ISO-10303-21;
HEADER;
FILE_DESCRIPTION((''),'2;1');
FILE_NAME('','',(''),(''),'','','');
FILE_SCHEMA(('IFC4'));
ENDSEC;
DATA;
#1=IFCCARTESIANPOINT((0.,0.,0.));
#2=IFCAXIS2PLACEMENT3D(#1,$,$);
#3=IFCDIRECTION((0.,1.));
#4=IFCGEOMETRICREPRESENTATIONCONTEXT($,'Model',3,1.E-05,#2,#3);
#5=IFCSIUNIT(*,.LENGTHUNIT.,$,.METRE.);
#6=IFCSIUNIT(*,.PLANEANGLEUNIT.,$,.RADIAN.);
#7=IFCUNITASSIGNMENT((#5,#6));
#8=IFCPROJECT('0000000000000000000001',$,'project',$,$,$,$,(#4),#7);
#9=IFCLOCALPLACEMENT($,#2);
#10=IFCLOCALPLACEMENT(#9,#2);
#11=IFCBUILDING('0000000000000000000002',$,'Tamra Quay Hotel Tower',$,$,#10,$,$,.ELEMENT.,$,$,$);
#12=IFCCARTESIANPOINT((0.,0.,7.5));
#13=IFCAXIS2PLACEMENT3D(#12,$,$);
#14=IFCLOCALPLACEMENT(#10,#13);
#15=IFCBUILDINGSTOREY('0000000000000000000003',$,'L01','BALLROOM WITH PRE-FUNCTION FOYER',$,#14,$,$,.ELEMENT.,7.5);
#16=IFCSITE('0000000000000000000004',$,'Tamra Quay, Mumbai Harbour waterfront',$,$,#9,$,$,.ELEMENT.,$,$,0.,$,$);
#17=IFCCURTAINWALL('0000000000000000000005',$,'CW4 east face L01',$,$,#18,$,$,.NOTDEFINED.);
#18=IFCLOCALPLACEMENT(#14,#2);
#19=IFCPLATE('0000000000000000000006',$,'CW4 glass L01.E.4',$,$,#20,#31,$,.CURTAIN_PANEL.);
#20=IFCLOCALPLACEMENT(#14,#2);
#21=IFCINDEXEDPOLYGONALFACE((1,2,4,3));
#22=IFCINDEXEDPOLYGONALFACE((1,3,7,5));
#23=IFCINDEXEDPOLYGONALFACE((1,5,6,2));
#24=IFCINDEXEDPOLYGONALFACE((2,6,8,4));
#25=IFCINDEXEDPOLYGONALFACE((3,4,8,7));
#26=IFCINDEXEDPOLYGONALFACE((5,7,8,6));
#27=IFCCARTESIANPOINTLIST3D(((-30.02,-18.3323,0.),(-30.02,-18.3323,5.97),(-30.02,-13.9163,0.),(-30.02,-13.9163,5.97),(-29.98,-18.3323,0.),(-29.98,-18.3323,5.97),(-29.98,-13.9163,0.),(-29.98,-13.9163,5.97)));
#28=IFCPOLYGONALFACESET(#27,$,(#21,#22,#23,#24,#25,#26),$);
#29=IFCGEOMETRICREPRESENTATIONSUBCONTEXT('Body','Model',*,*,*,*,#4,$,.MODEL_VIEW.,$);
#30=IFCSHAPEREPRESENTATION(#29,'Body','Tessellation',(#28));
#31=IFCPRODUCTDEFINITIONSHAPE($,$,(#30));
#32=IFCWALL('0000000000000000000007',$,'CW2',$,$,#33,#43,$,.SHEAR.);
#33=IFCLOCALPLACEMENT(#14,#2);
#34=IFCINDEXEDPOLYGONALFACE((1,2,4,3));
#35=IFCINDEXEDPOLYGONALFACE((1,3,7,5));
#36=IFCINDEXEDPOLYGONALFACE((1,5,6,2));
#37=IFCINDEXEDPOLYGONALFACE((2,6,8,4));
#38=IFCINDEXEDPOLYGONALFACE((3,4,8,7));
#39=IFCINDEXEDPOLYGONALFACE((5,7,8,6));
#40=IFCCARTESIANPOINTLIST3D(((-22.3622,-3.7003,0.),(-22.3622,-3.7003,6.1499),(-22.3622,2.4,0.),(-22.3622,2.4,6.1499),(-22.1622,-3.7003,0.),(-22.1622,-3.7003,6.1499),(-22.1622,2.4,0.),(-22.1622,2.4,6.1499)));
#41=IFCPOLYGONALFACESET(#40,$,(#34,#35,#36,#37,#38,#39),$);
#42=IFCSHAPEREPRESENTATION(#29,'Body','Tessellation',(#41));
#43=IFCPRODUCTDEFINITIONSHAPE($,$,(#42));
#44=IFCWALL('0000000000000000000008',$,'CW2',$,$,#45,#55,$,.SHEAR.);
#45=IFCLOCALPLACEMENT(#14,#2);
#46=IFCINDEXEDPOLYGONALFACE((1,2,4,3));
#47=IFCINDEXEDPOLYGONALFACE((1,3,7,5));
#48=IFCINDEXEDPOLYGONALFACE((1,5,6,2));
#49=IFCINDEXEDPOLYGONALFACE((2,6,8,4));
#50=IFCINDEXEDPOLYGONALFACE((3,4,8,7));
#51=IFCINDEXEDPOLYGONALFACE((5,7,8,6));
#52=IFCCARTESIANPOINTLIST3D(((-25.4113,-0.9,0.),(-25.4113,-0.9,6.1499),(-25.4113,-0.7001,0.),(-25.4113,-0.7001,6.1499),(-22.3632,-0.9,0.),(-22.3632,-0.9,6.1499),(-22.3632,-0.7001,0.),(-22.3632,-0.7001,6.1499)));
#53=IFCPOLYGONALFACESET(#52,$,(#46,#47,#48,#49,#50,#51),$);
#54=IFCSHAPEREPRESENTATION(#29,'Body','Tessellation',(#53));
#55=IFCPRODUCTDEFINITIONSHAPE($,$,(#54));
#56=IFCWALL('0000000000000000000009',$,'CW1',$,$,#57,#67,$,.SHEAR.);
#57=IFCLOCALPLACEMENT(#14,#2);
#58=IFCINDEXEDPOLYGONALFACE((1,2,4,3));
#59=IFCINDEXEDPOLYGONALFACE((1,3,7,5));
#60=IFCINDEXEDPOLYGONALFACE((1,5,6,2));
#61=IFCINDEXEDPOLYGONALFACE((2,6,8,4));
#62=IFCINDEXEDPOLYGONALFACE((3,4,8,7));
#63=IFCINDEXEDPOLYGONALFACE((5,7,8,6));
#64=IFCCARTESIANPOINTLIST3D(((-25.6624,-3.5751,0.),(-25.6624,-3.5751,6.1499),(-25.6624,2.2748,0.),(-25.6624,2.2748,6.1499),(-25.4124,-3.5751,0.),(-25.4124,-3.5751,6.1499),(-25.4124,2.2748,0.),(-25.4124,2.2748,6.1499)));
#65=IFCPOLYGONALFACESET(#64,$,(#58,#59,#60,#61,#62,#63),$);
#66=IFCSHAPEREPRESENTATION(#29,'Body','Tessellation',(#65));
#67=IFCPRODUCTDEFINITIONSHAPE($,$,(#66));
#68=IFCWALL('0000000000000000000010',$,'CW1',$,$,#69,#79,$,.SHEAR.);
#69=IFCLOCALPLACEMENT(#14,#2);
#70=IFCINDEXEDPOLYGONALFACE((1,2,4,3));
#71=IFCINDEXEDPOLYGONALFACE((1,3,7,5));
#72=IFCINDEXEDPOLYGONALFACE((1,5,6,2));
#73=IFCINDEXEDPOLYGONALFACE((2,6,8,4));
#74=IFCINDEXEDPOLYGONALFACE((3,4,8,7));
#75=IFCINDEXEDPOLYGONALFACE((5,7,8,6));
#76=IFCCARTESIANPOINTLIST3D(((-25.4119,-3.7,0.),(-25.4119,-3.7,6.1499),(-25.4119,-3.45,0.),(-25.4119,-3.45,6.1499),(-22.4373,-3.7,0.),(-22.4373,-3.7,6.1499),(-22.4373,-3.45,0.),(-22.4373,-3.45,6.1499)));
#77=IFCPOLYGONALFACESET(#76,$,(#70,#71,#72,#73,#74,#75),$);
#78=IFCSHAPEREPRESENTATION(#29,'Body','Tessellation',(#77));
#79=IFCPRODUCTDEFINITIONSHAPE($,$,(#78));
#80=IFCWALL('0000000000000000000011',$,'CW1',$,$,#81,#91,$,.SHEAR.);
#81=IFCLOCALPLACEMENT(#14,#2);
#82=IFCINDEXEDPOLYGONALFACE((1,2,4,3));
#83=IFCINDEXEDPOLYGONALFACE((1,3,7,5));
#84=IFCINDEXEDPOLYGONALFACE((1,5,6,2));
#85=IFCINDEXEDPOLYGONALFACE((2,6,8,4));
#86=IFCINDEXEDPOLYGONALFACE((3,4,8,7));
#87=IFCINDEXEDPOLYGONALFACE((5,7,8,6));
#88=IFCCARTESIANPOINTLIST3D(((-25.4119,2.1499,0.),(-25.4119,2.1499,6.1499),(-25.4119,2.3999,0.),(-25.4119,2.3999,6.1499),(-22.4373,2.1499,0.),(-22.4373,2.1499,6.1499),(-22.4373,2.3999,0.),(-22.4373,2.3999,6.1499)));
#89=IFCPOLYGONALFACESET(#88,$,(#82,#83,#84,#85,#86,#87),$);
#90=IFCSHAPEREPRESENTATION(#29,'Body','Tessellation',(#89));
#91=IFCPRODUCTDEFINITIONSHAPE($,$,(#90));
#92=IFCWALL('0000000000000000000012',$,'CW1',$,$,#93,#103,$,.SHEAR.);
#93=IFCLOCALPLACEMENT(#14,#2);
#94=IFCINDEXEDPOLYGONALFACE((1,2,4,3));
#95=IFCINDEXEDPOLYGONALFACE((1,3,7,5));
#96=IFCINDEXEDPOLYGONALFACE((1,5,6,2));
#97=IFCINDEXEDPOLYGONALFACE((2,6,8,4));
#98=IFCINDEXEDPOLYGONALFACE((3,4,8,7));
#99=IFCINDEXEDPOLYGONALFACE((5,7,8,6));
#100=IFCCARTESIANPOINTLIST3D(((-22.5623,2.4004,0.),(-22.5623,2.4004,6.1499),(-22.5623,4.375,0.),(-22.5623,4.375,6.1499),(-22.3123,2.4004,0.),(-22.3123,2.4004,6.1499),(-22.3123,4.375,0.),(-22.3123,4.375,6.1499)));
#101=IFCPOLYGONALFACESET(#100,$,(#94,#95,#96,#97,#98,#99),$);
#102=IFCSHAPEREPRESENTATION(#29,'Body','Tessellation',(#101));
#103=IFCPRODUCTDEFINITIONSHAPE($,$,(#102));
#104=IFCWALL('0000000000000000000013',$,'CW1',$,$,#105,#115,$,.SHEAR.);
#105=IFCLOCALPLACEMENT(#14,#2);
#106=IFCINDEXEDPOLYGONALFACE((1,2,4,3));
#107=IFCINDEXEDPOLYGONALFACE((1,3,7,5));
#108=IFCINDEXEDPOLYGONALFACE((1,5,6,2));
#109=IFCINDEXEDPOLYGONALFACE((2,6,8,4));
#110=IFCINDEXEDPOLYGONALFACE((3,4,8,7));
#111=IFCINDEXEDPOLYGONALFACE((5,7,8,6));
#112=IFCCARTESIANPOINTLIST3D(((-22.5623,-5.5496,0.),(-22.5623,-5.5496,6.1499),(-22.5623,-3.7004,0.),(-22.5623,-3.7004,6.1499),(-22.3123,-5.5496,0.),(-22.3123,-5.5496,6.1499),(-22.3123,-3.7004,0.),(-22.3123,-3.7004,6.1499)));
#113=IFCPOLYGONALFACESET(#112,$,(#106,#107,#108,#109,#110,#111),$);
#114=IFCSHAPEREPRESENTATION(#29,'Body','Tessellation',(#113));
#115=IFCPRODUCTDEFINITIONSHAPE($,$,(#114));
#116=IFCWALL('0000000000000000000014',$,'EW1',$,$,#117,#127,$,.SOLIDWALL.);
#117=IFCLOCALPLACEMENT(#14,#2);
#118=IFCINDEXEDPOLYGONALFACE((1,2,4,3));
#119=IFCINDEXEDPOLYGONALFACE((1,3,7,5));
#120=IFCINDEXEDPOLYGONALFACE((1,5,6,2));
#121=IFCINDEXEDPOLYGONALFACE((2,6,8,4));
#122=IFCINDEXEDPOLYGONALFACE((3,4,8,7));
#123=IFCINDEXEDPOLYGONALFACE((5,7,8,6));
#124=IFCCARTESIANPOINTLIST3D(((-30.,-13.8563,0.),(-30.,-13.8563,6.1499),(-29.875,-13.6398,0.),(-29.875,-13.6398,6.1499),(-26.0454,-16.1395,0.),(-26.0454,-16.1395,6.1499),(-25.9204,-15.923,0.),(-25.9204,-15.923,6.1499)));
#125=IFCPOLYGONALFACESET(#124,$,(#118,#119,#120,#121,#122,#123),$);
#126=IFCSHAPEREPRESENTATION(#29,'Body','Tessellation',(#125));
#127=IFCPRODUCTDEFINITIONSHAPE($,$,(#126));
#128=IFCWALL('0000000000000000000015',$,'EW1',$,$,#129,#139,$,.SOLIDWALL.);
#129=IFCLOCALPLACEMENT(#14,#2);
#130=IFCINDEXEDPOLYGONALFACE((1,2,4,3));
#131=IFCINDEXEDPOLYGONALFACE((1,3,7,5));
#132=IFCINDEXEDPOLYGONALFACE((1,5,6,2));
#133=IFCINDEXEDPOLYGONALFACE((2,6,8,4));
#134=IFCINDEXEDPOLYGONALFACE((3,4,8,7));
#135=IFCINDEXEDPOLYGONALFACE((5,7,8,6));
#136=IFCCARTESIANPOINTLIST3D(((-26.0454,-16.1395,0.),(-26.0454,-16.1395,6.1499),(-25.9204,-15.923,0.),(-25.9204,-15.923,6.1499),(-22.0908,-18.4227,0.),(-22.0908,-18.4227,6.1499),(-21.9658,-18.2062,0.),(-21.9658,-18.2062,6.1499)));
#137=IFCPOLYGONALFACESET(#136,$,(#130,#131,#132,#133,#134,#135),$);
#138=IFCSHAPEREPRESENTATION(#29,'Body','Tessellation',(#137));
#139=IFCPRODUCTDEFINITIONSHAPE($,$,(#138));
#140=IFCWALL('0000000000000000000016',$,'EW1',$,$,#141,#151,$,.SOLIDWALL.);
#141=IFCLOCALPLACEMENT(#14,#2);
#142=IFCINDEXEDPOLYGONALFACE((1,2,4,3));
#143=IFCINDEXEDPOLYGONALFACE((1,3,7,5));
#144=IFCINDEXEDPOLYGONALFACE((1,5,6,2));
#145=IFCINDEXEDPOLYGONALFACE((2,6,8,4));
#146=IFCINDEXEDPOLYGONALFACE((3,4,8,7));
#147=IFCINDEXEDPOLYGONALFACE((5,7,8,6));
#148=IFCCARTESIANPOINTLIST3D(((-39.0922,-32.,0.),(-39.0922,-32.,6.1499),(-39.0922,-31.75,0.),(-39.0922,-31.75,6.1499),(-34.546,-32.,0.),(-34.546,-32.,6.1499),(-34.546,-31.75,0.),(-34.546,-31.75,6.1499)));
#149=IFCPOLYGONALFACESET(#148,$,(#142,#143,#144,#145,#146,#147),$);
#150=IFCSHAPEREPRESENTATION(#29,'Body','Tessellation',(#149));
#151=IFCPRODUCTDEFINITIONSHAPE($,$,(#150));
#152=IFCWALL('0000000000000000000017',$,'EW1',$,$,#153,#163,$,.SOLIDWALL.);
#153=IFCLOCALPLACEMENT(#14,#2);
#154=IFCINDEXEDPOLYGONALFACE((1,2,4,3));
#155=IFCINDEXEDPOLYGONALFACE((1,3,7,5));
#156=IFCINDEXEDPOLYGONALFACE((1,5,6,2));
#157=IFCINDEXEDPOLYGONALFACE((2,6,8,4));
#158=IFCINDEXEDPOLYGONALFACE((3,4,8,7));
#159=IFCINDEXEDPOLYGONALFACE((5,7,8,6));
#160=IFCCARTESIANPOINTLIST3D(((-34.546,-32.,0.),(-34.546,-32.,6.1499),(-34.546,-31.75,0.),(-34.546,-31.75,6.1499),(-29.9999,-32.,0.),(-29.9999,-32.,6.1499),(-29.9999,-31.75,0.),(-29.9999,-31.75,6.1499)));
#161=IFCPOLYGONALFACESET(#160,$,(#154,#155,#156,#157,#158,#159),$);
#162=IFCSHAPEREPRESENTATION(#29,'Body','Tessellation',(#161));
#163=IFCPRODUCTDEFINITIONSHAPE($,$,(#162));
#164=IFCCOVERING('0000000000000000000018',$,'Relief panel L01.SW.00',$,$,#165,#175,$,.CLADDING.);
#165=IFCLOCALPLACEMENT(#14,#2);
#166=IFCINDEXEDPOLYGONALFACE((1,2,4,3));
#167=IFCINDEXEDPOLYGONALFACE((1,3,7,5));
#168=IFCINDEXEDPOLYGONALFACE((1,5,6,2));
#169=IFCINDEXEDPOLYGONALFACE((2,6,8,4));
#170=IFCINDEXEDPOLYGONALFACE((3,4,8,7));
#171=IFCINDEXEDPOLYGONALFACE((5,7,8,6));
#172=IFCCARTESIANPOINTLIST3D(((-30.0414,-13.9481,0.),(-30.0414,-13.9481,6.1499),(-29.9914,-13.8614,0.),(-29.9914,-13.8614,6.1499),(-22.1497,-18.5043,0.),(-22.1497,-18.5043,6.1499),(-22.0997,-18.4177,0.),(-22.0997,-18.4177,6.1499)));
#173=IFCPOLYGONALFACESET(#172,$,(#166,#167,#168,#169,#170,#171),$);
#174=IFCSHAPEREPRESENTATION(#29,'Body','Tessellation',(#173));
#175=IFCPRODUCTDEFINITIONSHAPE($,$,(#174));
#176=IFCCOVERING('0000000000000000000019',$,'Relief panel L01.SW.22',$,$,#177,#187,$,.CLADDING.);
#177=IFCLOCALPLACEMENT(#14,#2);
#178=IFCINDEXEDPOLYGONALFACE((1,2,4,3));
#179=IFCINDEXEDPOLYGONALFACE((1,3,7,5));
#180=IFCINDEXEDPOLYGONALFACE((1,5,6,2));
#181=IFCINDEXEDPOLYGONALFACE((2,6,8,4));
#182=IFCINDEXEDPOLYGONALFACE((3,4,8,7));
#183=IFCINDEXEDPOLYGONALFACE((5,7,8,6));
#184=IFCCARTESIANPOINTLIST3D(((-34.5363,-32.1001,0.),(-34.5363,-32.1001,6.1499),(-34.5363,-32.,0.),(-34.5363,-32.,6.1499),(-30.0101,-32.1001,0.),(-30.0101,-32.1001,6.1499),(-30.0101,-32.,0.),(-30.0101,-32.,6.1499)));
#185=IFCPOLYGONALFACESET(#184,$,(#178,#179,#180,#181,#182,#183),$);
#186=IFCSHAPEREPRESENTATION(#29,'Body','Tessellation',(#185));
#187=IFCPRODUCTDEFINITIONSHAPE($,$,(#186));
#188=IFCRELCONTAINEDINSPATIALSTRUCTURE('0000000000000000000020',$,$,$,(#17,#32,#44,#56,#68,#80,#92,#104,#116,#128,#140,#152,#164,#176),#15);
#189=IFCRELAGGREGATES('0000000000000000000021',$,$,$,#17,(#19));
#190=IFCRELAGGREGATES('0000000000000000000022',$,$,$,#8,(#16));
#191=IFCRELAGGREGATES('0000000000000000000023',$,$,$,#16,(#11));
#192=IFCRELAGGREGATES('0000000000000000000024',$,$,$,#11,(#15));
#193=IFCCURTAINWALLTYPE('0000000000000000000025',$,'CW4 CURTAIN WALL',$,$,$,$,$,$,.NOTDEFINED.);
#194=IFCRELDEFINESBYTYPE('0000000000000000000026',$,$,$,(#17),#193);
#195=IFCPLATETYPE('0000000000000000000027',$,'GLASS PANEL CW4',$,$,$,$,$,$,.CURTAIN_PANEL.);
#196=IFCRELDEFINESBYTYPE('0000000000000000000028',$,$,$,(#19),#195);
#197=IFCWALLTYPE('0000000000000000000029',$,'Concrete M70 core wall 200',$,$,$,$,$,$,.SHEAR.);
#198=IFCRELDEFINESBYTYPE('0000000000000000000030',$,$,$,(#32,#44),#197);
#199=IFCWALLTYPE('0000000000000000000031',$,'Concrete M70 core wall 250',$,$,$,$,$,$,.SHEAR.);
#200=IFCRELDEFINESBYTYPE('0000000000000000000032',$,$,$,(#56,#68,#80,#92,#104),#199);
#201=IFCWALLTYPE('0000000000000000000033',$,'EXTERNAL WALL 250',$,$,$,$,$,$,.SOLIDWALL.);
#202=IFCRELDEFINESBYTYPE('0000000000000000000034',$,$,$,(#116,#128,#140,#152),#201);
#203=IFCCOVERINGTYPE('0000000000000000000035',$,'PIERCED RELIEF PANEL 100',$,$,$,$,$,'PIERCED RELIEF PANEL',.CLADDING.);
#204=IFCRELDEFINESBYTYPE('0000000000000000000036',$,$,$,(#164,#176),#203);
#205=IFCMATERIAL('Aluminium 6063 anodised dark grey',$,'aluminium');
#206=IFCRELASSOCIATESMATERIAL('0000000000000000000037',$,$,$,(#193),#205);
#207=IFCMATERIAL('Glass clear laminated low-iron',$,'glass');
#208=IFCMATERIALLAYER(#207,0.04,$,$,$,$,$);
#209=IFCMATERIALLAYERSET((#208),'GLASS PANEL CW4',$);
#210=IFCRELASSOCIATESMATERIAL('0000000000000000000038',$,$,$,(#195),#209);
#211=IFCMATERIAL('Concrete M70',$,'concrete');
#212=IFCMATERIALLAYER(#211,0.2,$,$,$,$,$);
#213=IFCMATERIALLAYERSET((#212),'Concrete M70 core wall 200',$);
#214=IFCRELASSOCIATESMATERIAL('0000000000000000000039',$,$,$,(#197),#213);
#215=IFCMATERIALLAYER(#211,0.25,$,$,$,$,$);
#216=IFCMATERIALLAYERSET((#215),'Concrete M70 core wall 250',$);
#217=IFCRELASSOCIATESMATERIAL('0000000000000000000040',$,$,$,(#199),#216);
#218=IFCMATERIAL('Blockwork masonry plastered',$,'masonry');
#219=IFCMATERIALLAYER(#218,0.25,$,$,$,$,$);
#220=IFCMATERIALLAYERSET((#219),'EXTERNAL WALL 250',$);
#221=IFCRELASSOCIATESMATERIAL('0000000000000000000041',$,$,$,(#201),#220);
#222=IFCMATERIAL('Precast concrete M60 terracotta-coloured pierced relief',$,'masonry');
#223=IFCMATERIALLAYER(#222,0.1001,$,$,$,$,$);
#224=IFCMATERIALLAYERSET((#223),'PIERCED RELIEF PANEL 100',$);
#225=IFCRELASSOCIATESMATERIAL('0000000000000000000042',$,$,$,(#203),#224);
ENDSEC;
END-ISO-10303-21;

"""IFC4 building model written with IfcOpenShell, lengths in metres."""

from ifc_helpers import new_model, si_unit, direction, frame, frame_2d, origin, origin_2d, place, context, subcontext, project, spatial, rectangle, extrude, material, layer, layer_set, type_object, element, aggregate, save


model = new_model("IFC4")

# Units and contexts
model_context = context("Model", 3, precision=1e-05, world=origin(), true_north=direction((0.0, 1.0)))
body_context = subcontext(model_context, "Body", "Model", "MODEL_VIEW")
ifc_project = project(units=[si_unit("LENGTHUNIT", "METRE"), si_unit("PLANEANGLEUNIT", "RADIAN")], contexts=[model_context])

# Site, building, storey
site_placement = place(None, origin())
site = spatial("IfcSite", under=ifc_project, at=site_placement, Name="Tamra Quay, Mumbai Harbour waterfront", CompositionType="ELEMENT", RefElevation=0.0)
building_placement = place(site_placement, origin())
building = spatial("IfcBuilding", under=site, at=building_placement, Name="Tamra Quay Hotel Tower", CompositionType="ELEMENT")
storey_placement = place(building_placement, frame((0.0, 0.0, 7.5)))
storey = spatial("IfcBuildingStorey", under=building, at=storey_placement, Name="L01", Description="BALLROOM WITH PRE-FUNCTION FOYER", CompositionType="ELEMENT", Elevation=7.5)

# Shared definitions
ifc_material_1 = material(Name="Concrete M70", Category="concrete")

# Curtain wall
ifc_material_2 = material(Name="Aluminium 6063 anodised dark grey", Category="aluminium")
curtain_wall_type = type_object("IfcCurtainWallType", Name="CW4 CURTAIN WALL", PredefinedType="NOTDEFINED", material=ifc_material_2)
curtain_wall_placement = place(storey_placement, origin())
curtain_wall = element("IfcCurtainWall", 1, at=curtain_wall_placement, inside=storey, type_object=curtain_wall_type, Name="CW4 east face L01", PredefinedType="NOTDEFINED")

# Plate
ifc_material_3 = material(Name="Glass clear laminated low-iron", Category="glass")
ifc_layer_1 = layer(ifc_material_3, 0.04)
ifc_layer_set_1 = layer_set([ifc_layer_1], Name="GLASS PANEL CW4")
plate_type = type_object("IfcPlateType", Name="GLASS PANEL CW4", PredefinedType="CURTAIN_PANEL", material=ifc_layer_set_1)
plate_1_placement = place(storey_placement, frame((-30.0, -16.1243, 0.0), z_axis=(0.0, 0.0, 1.0), x_axis=(0.0, 1.0, 0.0)))
plate_1 = element("IfcPlate", 2, at=plate_1_placement, type_object=plate_type, Name="CW4 glass L01.E.4", PredefinedType="CURTAIN_PANEL", context=body_context, shape_type="SweptSolid", body=[
    extrude(rectangle(XDim=4.416, YDim=0.04, at=origin_2d()), origin(), (0.0, 0.0, 1.0), 5.97),
])
aggregate(curtain_wall, [plate_1])

# Walls
ifc_layer_2 = layer(ifc_material_1, 0.2)
ifc_layer_set_2 = layer_set([ifc_layer_2], Name="Concrete M70 core wall 200")
wall_type_1 = type_object("IfcWallType", Name="Concrete M70 core wall 200", PredefinedType="SHEAR", material=ifc_layer_set_2)
wall_1_placement = place(storey_placement, frame((-22.2622, 2.4001, 0.0), z_axis=(0.0, 0.0, 1.0), x_axis=(0.0, -1.0, 0.0)))
element("IfcWall", 3, at=wall_1_placement, inside=storey, type_object=wall_type_1, Name="CW2", PredefinedType="SHEAR", context=body_context, shape_type="SweptSolid", body=[
    extrude(rectangle(XDim=6.1003, YDim=0.2, at=frame_2d((3.0503, 0.0))), origin(), (0.0, 0.0, 1.0), 6.1499),
])
wall_2_placement = place(storey_placement, frame((-22.3633, -0.8, 0.0), z_axis=(0.0, 0.0, 1.0), x_axis=(-1.0, 0.0, 0.0)))
element("IfcWall", 4, at=wall_2_placement, inside=storey, type_object=wall_type_1, Name="CW2", PredefinedType="SHEAR", context=body_context, shape_type="SweptSolid", body=[
    extrude(rectangle(XDim=3.0481, YDim=0.2, at=frame_2d((1.5239, 0.0))), origin(), (0.0, 0.0, 1.0), 6.1499),
])
ifc_layer_3 = layer(ifc_material_1, 0.25)
ifc_layer_set_3 = layer_set([ifc_layer_3], Name="Concrete M70 core wall 250")
wall_type_2 = type_object("IfcWallType", Name="Concrete M70 core wall 250", PredefinedType="SHEAR", material=ifc_layer_set_3)
wall_3_placement = place(storey_placement, frame((-25.5374, -3.575, 0.0), z_axis=(0.0, 0.0, 1.0), x_axis=(0.0, 1.0, 0.0)))
element("IfcWall", 5, at=wall_3_placement, inside=storey, type_object=wall_type_2, Name="CW1", PredefinedType="SHEAR", context=body_context, shape_type="SweptSolid", body=[
    extrude(rectangle(XDim=5.8499, YDim=0.25, at=frame_2d((2.9248, 0.0))), origin(), (0.0, 0.0, 1.0), 6.1499),
])
for number, where, z_axis, x_axis, name in (
    (6, (-22.4373, -3.575, 0.0), (0.0, 0.0, 1.0), (-1.0, 0.0, 0.0), "CW1"),
    (7, (-25.4119, 2.2749, 0.0), (0.0, 0.0, 1.0), (1.0, 0.0, 0.0), "CW1"),
):
    element("IfcWall", number, at=place(storey_placement, frame(where, z_axis=z_axis, x_axis=x_axis)), inside=storey, type_object=wall_type_2, Name=name, PredefinedType="SHEAR", context=body_context, shape_type="SweptSolid", body=[
        extrude(rectangle(XDim=2.9746, YDim=0.25, at=frame_2d((1.4873, 0.0))), origin(), (0.0, 0.0, 1.0), 6.1499),
    ])
wall_4_placement = place(storey_placement, frame((-22.4373, 2.4004, 0.0), z_axis=(0.0, 0.0, 1.0), x_axis=(0.0, 1.0, 0.0)))
element("IfcWall", 8, at=wall_4_placement, inside=storey, type_object=wall_type_2, Name="CW1", PredefinedType="SHEAR", context=body_context, shape_type="SweptSolid", body=[
    extrude(rectangle(XDim=1.9746, YDim=0.25, at=frame_2d((0.9873, 0.0))), origin(), (0.0, 0.0, 1.0), 6.1499),
])
wall_5_placement = place(storey_placement, frame((-22.4373, -5.5496, 0.0), z_axis=(0.0, 0.0, 1.0), x_axis=(0.0, 1.0, 0.0)))
element("IfcWall", 9, at=wall_5_placement, inside=storey, type_object=wall_type_2, Name="CW1", PredefinedType="SHEAR", context=body_context, shape_type="SweptSolid", body=[
    extrude(rectangle(XDim=1.8491, YDim=0.25, at=frame_2d((0.9246, 0.0))), origin(), (0.0, 0.0, 1.0), 6.1499),
])
ifc_material_4 = material(Name="Blockwork masonry plastered", Category="masonry")
ifc_layer_4 = layer(ifc_material_4, 0.25)
ifc_layer_set_4 = layer_set([ifc_layer_4], Name="EXTERNAL WALL 250")
wall_type_3 = type_object("IfcWallType", Name="EXTERNAL WALL 250", PredefinedType="SOLIDWALL", material=ifc_layer_set_4)
for number, where, z_axis, x_axis, name in (
    (10, (-25.9829, -16.0312, 0.0), (0.0, 0.0, 1.0), (-0.866024, 0.500003, 0.0), "EW1"),
    (11, (-22.0283, -18.3145, 0.0), (0.0, 0.0, 1.0), (-0.866024, 0.500003, 0.0), "EW1"),
):
    element("IfcWall", number, at=place(storey_placement, frame(where, z_axis=z_axis, x_axis=x_axis)), inside=storey, type_object=wall_type_3, Name=name, PredefinedType="SOLIDWALL", context=body_context, shape_type="SweptSolid", body=[
        extrude(rectangle(XDim=4.5664, YDim=0.25, at=frame_2d((2.2832, 0.0))), origin(), (0.0, 0.0, 1.0), 6.1499),
    ])
for number, where, z_axis, x_axis, name in (
    (12, (-34.5461, -31.875, 0.0), (0.0, 0.0, 1.0), (-1.0, 0.0, 0.0), "EW1"),
    (13, (-30.0, -31.875, 0.0), (0.0, 0.0, 1.0), (-1.0, 0.0, 0.0), "EW1"),
):
    element("IfcWall", number, at=place(storey_placement, frame(where, z_axis=z_axis, x_axis=x_axis)), inside=storey, type_object=wall_type_3, Name=name, PredefinedType="SOLIDWALL", context=body_context, shape_type="SweptSolid", body=[
        extrude(rectangle(XDim=4.5461, YDim=0.25, at=frame_2d((2.2729, 0.0))), origin(), (0.0, 0.0, 1.0), 6.1499),
    ])

# Coverings
ifc_material_5 = material(Name="Precast concrete M60 terracotta-coloured pierced relief", Category="masonry")
ifc_layer_5 = layer(ifc_material_5, 0.1001)
ifc_layer_set_5 = layer_set([ifc_layer_5], Name="PIERCED RELIEF PANEL 100")
covering_type_1 = type_object("IfcCoveringType", Name="PIERCED RELIEF PANEL 100", ElementType="PIERCED RELIEF PANEL", PredefinedType="CLADDING", material=ifc_layer_set_5)
covering_1_placement = place(storey_placement, frame((-26.0706, -16.1829, 0.0), z_axis=(0.0, 0.0, 1.0), x_axis=(0.866025, -0.5, 0.0)))
element("IfcCovering", 14, at=covering_1_placement, inside=storey, type_object=covering_type_1, Name="Relief panel L01.SW.00", PredefinedType="CLADDING", context=body_context, shape_type="SweptSolid", body=[
    extrude(rectangle(XDim=9.1125, YDim=0.1001, at=origin_2d()), origin(), (0.0, 0.0, 1.0), 6.1499),
])
covering_2_placement = place(storey_placement, frame((-32.2732, -32.05, 0.0), z_axis=(0.0, 0.0, 1.0), x_axis=(1.0, 0.0, 0.0)))
element("IfcCovering", 15, at=covering_2_placement, inside=storey, type_object=covering_type_1, Name="Relief panel L01.SW.22", PredefinedType="CLADDING", context=body_context, shape_type="SweptSolid", body=[
    extrude(rectangle(XDim=4.5261, YDim=0.1001, at=origin_2d()), origin(), (0.0, 0.0, 1.0), 6.1499),
])

save(model, "model.ifc")
